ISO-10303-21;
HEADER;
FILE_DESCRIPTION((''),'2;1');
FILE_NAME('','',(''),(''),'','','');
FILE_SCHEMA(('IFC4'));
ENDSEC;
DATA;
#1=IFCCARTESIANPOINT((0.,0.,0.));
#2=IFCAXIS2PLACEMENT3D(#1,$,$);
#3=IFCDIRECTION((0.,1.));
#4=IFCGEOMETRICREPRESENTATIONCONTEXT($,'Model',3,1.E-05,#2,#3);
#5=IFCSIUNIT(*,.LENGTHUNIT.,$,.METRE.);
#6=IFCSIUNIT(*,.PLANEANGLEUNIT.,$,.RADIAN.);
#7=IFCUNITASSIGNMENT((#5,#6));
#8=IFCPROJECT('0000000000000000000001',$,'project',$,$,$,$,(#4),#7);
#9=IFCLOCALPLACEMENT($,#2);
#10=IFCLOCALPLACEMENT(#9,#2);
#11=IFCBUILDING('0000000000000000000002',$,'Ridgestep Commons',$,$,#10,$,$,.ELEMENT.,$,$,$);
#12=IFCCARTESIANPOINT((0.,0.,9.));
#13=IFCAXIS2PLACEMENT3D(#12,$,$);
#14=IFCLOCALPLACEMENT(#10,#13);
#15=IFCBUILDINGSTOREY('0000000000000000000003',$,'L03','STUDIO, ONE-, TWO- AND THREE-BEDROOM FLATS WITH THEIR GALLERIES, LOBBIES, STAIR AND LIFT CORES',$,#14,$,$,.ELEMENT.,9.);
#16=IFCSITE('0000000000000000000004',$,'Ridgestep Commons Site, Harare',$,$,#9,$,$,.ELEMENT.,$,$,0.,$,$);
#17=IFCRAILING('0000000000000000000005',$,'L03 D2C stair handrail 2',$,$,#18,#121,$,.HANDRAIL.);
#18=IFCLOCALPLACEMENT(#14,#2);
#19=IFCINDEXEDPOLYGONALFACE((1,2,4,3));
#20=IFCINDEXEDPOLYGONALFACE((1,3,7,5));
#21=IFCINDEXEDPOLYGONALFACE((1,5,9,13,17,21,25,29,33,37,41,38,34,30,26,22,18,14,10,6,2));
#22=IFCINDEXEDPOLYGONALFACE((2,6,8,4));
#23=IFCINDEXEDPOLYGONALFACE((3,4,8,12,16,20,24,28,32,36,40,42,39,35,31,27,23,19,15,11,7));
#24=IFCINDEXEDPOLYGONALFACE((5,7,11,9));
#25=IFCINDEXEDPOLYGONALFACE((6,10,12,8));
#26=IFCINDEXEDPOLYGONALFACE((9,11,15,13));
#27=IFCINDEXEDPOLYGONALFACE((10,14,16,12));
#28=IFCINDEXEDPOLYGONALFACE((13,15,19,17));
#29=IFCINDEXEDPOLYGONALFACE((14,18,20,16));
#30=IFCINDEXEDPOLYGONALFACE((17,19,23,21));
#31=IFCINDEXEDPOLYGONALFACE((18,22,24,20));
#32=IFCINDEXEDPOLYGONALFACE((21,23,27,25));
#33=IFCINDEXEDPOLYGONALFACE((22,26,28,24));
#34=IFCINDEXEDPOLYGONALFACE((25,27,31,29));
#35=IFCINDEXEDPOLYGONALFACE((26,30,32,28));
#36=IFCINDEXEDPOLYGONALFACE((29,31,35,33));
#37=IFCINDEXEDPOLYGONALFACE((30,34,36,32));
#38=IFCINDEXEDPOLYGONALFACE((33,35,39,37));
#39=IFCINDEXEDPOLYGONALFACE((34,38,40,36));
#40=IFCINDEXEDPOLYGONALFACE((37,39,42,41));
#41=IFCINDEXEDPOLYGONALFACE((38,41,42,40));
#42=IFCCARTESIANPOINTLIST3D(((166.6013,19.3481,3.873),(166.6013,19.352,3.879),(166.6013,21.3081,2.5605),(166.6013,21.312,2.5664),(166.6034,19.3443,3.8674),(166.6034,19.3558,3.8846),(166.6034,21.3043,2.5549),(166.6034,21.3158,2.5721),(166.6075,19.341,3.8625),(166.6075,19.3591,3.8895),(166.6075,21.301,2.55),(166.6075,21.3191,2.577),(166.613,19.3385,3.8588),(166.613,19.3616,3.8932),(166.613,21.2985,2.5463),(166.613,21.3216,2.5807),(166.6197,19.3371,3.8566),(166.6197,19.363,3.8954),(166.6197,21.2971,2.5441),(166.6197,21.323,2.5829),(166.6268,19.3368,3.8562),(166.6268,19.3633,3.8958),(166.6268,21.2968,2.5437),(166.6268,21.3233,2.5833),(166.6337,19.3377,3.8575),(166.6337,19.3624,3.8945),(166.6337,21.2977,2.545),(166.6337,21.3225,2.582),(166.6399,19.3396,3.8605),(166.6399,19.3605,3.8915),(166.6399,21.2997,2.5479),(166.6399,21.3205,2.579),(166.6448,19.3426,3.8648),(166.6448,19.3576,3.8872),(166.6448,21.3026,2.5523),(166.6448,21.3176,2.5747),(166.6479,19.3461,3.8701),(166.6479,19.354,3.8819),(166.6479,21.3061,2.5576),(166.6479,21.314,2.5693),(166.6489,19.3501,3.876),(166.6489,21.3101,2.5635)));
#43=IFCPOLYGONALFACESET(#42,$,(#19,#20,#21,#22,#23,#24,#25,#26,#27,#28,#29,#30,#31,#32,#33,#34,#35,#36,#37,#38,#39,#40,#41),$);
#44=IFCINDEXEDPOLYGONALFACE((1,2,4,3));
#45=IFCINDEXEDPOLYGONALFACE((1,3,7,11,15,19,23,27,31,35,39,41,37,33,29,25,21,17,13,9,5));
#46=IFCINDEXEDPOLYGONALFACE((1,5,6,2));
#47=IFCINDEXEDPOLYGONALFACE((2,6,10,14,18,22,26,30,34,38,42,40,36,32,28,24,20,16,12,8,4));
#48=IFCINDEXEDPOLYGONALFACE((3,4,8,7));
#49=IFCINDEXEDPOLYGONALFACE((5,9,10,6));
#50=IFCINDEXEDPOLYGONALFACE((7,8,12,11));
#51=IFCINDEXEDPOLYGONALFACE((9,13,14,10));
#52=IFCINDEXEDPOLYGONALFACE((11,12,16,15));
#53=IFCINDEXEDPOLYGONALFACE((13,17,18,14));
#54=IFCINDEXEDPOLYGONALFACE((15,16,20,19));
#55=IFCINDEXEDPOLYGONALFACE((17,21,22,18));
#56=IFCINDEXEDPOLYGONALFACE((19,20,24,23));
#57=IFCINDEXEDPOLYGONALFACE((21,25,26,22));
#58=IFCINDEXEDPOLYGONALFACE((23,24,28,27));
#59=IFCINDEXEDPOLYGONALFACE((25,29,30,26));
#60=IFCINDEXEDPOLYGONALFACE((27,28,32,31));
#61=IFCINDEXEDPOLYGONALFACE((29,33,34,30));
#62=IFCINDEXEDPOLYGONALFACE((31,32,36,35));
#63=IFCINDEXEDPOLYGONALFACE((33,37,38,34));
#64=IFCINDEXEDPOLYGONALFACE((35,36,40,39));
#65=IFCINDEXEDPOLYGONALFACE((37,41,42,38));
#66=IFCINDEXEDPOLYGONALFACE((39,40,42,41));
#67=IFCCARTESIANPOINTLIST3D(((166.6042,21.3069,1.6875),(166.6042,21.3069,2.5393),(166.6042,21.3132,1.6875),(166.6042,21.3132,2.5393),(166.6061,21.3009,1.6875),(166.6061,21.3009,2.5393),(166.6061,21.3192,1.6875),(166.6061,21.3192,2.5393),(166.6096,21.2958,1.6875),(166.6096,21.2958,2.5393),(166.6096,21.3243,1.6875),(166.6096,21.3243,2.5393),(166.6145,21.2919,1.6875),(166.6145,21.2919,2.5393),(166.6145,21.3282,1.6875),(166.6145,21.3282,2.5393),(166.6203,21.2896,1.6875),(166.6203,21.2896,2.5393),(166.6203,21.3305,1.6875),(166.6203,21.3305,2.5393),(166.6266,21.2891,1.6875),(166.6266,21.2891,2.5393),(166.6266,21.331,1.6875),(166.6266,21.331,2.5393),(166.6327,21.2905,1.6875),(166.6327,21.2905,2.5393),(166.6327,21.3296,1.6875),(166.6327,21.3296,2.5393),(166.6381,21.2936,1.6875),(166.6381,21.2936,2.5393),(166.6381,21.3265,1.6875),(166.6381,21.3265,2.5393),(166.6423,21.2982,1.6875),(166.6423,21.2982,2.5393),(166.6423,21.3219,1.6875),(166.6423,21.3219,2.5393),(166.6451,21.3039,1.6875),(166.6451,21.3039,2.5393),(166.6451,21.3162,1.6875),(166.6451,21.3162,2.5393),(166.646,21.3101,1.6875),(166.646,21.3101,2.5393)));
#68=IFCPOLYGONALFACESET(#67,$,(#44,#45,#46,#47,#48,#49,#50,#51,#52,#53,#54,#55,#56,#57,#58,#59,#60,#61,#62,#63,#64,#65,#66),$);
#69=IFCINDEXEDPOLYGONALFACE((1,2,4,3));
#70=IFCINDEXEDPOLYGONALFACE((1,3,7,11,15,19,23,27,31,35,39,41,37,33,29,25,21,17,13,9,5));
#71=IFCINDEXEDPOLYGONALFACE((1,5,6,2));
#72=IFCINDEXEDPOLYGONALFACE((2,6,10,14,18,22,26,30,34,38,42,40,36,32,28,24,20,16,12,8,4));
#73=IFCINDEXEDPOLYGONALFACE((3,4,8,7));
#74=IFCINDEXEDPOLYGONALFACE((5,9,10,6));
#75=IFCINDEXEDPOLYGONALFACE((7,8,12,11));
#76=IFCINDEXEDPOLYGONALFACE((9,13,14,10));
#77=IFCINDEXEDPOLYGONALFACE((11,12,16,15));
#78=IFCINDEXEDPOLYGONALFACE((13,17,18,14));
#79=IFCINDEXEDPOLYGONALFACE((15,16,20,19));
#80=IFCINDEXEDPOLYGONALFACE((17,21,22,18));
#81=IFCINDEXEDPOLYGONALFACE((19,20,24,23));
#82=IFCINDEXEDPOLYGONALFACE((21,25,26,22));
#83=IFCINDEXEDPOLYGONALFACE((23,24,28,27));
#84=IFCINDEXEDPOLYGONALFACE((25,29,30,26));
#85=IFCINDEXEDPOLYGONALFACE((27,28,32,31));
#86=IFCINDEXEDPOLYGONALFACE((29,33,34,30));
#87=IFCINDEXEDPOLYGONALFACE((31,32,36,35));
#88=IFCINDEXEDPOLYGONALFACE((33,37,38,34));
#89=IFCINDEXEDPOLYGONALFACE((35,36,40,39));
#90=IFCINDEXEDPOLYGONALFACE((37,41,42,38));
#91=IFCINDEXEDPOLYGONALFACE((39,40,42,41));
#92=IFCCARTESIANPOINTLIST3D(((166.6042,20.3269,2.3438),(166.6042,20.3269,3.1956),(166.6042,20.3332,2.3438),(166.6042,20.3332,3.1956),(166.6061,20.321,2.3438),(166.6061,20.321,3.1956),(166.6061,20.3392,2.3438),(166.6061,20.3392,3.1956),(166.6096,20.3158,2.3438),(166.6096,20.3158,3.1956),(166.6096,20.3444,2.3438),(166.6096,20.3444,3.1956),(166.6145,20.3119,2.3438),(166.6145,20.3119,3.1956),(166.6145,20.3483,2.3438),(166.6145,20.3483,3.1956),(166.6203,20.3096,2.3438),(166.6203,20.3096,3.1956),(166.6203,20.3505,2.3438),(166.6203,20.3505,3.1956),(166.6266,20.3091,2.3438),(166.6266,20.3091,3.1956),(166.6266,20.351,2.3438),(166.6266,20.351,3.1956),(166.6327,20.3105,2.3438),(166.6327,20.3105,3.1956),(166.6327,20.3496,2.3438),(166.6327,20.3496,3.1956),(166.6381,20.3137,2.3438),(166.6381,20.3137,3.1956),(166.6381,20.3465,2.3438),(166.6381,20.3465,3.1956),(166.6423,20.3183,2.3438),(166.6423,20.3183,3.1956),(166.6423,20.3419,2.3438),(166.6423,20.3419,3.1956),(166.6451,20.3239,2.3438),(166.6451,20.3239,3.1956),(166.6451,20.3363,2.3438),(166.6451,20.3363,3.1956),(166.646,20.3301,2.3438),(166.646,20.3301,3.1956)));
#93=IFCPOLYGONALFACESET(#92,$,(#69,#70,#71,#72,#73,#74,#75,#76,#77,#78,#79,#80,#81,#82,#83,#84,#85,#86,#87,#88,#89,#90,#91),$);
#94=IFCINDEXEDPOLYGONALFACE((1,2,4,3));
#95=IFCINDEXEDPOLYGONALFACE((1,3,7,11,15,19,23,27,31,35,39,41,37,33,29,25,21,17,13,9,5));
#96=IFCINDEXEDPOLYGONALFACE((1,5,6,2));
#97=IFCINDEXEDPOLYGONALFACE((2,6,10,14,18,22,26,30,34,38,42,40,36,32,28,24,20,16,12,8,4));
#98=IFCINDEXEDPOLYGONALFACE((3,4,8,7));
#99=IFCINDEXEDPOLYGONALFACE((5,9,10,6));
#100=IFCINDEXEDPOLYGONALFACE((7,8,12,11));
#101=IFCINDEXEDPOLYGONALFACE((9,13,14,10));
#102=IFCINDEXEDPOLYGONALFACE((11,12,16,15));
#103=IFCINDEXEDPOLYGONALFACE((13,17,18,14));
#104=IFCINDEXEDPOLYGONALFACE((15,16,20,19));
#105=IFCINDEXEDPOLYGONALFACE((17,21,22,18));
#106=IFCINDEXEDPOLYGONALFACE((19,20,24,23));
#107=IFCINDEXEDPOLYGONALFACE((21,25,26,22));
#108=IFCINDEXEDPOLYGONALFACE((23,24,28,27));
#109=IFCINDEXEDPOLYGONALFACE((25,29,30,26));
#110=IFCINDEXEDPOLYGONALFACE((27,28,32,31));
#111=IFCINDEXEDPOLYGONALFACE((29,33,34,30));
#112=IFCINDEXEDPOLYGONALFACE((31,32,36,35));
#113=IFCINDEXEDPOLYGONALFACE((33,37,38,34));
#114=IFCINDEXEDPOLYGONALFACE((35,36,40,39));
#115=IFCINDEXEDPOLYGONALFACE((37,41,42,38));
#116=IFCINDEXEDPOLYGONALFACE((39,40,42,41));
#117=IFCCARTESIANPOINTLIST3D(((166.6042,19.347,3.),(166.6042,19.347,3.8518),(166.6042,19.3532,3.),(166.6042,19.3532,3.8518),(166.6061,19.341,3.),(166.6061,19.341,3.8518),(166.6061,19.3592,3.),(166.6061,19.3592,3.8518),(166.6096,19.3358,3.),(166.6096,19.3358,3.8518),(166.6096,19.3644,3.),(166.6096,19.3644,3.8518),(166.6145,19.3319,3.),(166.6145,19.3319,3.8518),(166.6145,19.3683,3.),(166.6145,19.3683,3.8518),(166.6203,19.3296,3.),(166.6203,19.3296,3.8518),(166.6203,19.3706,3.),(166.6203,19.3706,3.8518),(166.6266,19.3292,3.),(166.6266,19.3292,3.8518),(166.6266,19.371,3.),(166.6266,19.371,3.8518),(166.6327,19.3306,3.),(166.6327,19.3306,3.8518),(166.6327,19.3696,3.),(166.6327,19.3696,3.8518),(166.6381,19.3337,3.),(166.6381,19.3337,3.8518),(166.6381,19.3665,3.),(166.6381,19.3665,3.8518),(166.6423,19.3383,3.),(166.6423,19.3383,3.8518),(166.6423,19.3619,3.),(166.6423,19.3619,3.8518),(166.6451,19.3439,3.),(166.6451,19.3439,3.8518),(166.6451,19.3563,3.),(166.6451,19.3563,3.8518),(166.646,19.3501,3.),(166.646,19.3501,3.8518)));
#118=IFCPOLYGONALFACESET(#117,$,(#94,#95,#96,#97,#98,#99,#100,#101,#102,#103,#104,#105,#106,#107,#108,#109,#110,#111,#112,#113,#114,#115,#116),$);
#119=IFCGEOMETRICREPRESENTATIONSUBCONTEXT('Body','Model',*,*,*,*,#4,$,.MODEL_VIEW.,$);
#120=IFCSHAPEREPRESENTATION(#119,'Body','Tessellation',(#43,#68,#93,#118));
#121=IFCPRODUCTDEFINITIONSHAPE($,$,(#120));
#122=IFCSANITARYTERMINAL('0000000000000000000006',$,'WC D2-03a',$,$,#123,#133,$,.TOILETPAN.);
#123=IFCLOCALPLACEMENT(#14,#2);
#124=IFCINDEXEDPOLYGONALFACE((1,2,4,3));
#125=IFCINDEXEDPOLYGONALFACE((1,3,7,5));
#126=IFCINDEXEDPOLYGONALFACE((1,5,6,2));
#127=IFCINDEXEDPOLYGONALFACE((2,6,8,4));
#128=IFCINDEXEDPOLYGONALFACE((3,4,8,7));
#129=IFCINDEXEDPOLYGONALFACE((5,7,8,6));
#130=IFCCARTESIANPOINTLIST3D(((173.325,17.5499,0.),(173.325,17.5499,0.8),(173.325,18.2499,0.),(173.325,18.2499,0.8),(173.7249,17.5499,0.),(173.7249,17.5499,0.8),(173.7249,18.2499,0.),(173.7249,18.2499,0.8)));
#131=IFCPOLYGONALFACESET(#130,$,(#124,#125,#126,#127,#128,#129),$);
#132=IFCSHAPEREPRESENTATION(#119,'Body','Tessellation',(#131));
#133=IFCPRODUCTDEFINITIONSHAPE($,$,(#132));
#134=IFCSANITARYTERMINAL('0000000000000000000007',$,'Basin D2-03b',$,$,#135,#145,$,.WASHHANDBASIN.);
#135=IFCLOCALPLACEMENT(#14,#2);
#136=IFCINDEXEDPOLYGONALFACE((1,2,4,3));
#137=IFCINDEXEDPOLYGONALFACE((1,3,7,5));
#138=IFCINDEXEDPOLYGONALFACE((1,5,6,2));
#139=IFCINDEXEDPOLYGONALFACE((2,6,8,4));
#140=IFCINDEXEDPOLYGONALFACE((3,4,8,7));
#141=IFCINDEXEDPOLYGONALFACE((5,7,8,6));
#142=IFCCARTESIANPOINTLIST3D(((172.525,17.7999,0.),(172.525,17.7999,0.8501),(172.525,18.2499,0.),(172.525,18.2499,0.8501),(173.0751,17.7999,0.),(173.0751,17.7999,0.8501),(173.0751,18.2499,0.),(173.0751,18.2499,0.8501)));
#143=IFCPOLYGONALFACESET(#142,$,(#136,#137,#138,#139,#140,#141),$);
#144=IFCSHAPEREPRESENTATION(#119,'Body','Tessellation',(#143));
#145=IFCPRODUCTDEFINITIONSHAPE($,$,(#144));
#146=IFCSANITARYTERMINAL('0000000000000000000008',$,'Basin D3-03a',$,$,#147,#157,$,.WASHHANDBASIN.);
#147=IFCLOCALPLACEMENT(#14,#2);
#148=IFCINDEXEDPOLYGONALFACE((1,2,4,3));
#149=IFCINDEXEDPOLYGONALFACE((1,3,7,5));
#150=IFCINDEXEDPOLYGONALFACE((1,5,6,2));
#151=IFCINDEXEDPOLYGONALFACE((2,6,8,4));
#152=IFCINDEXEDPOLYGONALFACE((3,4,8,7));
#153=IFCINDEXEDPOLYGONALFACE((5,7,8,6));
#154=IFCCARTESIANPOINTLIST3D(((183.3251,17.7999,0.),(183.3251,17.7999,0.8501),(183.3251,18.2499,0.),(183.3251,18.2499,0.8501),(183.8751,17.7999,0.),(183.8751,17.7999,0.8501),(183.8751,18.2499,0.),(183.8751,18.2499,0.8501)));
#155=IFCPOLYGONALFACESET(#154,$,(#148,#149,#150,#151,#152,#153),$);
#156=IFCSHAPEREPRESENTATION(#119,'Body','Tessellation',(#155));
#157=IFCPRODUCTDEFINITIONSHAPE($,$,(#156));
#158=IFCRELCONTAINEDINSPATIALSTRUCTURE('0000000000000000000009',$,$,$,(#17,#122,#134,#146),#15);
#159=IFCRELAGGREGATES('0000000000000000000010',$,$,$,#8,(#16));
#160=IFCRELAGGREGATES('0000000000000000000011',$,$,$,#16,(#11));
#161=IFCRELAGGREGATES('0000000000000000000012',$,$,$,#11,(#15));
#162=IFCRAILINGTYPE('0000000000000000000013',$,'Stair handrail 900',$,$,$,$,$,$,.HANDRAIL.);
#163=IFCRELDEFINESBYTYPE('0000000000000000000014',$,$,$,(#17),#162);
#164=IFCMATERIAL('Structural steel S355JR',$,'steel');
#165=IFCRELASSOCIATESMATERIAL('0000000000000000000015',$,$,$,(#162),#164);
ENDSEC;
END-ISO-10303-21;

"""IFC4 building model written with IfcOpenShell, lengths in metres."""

from ifc_helpers import new_model, si_unit, direction, frame, origin, origin_2d, place, context, subcontext, project, spatial, rectangle, circle, extrude, material, type_object, element, save


model = new_model("IFC4")

# Units and contexts
model_context = context("Model", 3, precision=1e-05, world=origin(), true_north=direction((0.0, 1.0)))
body_context = subcontext(model_context, "Body", "Model", "MODEL_VIEW")
ifc_project = project(units=[si_unit("LENGTHUNIT", "METRE"), si_unit("PLANEANGLEUNIT", "RADIAN")], contexts=[model_context])

# Site, building, storey
site_placement = place(None, origin())
site = spatial("IfcSite", under=ifc_project, at=site_placement, Name="Ridgestep Commons Site, Harare", CompositionType="ELEMENT", RefElevation=0.0)
building_placement = place(site_placement, origin())
building = spatial("IfcBuilding", under=site, at=building_placement, Name="Ridgestep Commons", CompositionType="ELEMENT")
storey_placement = place(building_placement, frame((0.0, 0.0, 9.0)))
storey = spatial("IfcBuildingStorey", under=building, at=storey_placement, Name="L03", Description="STUDIO, ONE-, TWO- AND THREE-BEDROOM FLATS WITH THEIR GALLERIES, LOBBIES, STAIR AND LIFT CORES", CompositionType="ELEMENT", Elevation=9.0)

# Railing
ifc_material_1 = material(Name="Structural steel S355JR", Category="steel")
railing_type_1 = type_object("IfcRailingType", Name="Stair handrail 900", PredefinedType="HANDRAIL", material=ifc_material_1)
railing_1_placement = place(storey_placement, frame((166.625, 21.3101, 1.6875)))
element("IfcRailing", 1, at=railing_1_placement, inside=storey, type_object=railing_type_1, Name="L03 D2C stair handrail 2", PredefinedType="HANDRAIL", context=body_context, shape_type="SweptSolid", body=[
    extrude(circle(Radius=0.0239, at=origin_2d()), frame((0.0, 0.0, 0.876), z_axis=(0.0, -0.830902, 0.556419), x_axis=(1.0, 0.0, 0.0)), (0.0, 0.0, 1.0), 2.3589),
    extrude(circle(Radius=0.021, at=origin_2d()), origin(), (0.0, 0.0, 1.0), 0.8518),
    extrude(circle(Radius=0.021, at=origin_2d()), frame((0.0, -0.98, 0.6562)), (0.0, 0.0, 1.0), 0.8518),
    extrude(circle(Radius=0.021, at=origin_2d()), frame((0.0, -1.96, 1.3125)), (0.0, 0.0, 1.0), 0.8518),
])

# Sanitary terminals
sanitary_terminal_placement = place(storey_placement, frame((173.5249, 17.8999, 0.0), z_axis=(0.0, 0.0, 1.0), x_axis=(1.0, 0.0, 0.0)))
element("IfcSanitaryTerminal", 2, at=sanitary_terminal_placement, inside=storey, Name="WC D2-03a", PredefinedType="TOILETPAN", context=body_context, shape_type="SweptSolid", body=[
    extrude(rectangle(XDim=0.3999, YDim=0.7, at=origin_2d()), origin(), (0.0, 0.0, 1.0), 0.8),
])
for number, where, z_axis, x_axis, name in (
    (3, (172.8, 18.0249, 0.0), (0.0, 0.0, 1.0), (1.0, 0.0, 0.0), "Basin D2-03b"),
    (4, (183.6001, 18.0249, 0.0), (0.0, 0.0, 1.0), (1.0, 0.0, 0.0), "Basin D3-03a"),
):
    element("IfcSanitaryTerminal", number, at=place(storey_placement, frame(where, z_axis=z_axis, x_axis=x_axis)), inside=storey, Name=name, PredefinedType="WASHHANDBASIN", context=body_context, shape_type="SweptSolid", body=[
        extrude(rectangle(XDim=0.55, YDim=0.45, at=origin_2d()), origin(), (0.0, 0.0, 1.0), 0.8501),
    ])

save(model, "model.ifc")
